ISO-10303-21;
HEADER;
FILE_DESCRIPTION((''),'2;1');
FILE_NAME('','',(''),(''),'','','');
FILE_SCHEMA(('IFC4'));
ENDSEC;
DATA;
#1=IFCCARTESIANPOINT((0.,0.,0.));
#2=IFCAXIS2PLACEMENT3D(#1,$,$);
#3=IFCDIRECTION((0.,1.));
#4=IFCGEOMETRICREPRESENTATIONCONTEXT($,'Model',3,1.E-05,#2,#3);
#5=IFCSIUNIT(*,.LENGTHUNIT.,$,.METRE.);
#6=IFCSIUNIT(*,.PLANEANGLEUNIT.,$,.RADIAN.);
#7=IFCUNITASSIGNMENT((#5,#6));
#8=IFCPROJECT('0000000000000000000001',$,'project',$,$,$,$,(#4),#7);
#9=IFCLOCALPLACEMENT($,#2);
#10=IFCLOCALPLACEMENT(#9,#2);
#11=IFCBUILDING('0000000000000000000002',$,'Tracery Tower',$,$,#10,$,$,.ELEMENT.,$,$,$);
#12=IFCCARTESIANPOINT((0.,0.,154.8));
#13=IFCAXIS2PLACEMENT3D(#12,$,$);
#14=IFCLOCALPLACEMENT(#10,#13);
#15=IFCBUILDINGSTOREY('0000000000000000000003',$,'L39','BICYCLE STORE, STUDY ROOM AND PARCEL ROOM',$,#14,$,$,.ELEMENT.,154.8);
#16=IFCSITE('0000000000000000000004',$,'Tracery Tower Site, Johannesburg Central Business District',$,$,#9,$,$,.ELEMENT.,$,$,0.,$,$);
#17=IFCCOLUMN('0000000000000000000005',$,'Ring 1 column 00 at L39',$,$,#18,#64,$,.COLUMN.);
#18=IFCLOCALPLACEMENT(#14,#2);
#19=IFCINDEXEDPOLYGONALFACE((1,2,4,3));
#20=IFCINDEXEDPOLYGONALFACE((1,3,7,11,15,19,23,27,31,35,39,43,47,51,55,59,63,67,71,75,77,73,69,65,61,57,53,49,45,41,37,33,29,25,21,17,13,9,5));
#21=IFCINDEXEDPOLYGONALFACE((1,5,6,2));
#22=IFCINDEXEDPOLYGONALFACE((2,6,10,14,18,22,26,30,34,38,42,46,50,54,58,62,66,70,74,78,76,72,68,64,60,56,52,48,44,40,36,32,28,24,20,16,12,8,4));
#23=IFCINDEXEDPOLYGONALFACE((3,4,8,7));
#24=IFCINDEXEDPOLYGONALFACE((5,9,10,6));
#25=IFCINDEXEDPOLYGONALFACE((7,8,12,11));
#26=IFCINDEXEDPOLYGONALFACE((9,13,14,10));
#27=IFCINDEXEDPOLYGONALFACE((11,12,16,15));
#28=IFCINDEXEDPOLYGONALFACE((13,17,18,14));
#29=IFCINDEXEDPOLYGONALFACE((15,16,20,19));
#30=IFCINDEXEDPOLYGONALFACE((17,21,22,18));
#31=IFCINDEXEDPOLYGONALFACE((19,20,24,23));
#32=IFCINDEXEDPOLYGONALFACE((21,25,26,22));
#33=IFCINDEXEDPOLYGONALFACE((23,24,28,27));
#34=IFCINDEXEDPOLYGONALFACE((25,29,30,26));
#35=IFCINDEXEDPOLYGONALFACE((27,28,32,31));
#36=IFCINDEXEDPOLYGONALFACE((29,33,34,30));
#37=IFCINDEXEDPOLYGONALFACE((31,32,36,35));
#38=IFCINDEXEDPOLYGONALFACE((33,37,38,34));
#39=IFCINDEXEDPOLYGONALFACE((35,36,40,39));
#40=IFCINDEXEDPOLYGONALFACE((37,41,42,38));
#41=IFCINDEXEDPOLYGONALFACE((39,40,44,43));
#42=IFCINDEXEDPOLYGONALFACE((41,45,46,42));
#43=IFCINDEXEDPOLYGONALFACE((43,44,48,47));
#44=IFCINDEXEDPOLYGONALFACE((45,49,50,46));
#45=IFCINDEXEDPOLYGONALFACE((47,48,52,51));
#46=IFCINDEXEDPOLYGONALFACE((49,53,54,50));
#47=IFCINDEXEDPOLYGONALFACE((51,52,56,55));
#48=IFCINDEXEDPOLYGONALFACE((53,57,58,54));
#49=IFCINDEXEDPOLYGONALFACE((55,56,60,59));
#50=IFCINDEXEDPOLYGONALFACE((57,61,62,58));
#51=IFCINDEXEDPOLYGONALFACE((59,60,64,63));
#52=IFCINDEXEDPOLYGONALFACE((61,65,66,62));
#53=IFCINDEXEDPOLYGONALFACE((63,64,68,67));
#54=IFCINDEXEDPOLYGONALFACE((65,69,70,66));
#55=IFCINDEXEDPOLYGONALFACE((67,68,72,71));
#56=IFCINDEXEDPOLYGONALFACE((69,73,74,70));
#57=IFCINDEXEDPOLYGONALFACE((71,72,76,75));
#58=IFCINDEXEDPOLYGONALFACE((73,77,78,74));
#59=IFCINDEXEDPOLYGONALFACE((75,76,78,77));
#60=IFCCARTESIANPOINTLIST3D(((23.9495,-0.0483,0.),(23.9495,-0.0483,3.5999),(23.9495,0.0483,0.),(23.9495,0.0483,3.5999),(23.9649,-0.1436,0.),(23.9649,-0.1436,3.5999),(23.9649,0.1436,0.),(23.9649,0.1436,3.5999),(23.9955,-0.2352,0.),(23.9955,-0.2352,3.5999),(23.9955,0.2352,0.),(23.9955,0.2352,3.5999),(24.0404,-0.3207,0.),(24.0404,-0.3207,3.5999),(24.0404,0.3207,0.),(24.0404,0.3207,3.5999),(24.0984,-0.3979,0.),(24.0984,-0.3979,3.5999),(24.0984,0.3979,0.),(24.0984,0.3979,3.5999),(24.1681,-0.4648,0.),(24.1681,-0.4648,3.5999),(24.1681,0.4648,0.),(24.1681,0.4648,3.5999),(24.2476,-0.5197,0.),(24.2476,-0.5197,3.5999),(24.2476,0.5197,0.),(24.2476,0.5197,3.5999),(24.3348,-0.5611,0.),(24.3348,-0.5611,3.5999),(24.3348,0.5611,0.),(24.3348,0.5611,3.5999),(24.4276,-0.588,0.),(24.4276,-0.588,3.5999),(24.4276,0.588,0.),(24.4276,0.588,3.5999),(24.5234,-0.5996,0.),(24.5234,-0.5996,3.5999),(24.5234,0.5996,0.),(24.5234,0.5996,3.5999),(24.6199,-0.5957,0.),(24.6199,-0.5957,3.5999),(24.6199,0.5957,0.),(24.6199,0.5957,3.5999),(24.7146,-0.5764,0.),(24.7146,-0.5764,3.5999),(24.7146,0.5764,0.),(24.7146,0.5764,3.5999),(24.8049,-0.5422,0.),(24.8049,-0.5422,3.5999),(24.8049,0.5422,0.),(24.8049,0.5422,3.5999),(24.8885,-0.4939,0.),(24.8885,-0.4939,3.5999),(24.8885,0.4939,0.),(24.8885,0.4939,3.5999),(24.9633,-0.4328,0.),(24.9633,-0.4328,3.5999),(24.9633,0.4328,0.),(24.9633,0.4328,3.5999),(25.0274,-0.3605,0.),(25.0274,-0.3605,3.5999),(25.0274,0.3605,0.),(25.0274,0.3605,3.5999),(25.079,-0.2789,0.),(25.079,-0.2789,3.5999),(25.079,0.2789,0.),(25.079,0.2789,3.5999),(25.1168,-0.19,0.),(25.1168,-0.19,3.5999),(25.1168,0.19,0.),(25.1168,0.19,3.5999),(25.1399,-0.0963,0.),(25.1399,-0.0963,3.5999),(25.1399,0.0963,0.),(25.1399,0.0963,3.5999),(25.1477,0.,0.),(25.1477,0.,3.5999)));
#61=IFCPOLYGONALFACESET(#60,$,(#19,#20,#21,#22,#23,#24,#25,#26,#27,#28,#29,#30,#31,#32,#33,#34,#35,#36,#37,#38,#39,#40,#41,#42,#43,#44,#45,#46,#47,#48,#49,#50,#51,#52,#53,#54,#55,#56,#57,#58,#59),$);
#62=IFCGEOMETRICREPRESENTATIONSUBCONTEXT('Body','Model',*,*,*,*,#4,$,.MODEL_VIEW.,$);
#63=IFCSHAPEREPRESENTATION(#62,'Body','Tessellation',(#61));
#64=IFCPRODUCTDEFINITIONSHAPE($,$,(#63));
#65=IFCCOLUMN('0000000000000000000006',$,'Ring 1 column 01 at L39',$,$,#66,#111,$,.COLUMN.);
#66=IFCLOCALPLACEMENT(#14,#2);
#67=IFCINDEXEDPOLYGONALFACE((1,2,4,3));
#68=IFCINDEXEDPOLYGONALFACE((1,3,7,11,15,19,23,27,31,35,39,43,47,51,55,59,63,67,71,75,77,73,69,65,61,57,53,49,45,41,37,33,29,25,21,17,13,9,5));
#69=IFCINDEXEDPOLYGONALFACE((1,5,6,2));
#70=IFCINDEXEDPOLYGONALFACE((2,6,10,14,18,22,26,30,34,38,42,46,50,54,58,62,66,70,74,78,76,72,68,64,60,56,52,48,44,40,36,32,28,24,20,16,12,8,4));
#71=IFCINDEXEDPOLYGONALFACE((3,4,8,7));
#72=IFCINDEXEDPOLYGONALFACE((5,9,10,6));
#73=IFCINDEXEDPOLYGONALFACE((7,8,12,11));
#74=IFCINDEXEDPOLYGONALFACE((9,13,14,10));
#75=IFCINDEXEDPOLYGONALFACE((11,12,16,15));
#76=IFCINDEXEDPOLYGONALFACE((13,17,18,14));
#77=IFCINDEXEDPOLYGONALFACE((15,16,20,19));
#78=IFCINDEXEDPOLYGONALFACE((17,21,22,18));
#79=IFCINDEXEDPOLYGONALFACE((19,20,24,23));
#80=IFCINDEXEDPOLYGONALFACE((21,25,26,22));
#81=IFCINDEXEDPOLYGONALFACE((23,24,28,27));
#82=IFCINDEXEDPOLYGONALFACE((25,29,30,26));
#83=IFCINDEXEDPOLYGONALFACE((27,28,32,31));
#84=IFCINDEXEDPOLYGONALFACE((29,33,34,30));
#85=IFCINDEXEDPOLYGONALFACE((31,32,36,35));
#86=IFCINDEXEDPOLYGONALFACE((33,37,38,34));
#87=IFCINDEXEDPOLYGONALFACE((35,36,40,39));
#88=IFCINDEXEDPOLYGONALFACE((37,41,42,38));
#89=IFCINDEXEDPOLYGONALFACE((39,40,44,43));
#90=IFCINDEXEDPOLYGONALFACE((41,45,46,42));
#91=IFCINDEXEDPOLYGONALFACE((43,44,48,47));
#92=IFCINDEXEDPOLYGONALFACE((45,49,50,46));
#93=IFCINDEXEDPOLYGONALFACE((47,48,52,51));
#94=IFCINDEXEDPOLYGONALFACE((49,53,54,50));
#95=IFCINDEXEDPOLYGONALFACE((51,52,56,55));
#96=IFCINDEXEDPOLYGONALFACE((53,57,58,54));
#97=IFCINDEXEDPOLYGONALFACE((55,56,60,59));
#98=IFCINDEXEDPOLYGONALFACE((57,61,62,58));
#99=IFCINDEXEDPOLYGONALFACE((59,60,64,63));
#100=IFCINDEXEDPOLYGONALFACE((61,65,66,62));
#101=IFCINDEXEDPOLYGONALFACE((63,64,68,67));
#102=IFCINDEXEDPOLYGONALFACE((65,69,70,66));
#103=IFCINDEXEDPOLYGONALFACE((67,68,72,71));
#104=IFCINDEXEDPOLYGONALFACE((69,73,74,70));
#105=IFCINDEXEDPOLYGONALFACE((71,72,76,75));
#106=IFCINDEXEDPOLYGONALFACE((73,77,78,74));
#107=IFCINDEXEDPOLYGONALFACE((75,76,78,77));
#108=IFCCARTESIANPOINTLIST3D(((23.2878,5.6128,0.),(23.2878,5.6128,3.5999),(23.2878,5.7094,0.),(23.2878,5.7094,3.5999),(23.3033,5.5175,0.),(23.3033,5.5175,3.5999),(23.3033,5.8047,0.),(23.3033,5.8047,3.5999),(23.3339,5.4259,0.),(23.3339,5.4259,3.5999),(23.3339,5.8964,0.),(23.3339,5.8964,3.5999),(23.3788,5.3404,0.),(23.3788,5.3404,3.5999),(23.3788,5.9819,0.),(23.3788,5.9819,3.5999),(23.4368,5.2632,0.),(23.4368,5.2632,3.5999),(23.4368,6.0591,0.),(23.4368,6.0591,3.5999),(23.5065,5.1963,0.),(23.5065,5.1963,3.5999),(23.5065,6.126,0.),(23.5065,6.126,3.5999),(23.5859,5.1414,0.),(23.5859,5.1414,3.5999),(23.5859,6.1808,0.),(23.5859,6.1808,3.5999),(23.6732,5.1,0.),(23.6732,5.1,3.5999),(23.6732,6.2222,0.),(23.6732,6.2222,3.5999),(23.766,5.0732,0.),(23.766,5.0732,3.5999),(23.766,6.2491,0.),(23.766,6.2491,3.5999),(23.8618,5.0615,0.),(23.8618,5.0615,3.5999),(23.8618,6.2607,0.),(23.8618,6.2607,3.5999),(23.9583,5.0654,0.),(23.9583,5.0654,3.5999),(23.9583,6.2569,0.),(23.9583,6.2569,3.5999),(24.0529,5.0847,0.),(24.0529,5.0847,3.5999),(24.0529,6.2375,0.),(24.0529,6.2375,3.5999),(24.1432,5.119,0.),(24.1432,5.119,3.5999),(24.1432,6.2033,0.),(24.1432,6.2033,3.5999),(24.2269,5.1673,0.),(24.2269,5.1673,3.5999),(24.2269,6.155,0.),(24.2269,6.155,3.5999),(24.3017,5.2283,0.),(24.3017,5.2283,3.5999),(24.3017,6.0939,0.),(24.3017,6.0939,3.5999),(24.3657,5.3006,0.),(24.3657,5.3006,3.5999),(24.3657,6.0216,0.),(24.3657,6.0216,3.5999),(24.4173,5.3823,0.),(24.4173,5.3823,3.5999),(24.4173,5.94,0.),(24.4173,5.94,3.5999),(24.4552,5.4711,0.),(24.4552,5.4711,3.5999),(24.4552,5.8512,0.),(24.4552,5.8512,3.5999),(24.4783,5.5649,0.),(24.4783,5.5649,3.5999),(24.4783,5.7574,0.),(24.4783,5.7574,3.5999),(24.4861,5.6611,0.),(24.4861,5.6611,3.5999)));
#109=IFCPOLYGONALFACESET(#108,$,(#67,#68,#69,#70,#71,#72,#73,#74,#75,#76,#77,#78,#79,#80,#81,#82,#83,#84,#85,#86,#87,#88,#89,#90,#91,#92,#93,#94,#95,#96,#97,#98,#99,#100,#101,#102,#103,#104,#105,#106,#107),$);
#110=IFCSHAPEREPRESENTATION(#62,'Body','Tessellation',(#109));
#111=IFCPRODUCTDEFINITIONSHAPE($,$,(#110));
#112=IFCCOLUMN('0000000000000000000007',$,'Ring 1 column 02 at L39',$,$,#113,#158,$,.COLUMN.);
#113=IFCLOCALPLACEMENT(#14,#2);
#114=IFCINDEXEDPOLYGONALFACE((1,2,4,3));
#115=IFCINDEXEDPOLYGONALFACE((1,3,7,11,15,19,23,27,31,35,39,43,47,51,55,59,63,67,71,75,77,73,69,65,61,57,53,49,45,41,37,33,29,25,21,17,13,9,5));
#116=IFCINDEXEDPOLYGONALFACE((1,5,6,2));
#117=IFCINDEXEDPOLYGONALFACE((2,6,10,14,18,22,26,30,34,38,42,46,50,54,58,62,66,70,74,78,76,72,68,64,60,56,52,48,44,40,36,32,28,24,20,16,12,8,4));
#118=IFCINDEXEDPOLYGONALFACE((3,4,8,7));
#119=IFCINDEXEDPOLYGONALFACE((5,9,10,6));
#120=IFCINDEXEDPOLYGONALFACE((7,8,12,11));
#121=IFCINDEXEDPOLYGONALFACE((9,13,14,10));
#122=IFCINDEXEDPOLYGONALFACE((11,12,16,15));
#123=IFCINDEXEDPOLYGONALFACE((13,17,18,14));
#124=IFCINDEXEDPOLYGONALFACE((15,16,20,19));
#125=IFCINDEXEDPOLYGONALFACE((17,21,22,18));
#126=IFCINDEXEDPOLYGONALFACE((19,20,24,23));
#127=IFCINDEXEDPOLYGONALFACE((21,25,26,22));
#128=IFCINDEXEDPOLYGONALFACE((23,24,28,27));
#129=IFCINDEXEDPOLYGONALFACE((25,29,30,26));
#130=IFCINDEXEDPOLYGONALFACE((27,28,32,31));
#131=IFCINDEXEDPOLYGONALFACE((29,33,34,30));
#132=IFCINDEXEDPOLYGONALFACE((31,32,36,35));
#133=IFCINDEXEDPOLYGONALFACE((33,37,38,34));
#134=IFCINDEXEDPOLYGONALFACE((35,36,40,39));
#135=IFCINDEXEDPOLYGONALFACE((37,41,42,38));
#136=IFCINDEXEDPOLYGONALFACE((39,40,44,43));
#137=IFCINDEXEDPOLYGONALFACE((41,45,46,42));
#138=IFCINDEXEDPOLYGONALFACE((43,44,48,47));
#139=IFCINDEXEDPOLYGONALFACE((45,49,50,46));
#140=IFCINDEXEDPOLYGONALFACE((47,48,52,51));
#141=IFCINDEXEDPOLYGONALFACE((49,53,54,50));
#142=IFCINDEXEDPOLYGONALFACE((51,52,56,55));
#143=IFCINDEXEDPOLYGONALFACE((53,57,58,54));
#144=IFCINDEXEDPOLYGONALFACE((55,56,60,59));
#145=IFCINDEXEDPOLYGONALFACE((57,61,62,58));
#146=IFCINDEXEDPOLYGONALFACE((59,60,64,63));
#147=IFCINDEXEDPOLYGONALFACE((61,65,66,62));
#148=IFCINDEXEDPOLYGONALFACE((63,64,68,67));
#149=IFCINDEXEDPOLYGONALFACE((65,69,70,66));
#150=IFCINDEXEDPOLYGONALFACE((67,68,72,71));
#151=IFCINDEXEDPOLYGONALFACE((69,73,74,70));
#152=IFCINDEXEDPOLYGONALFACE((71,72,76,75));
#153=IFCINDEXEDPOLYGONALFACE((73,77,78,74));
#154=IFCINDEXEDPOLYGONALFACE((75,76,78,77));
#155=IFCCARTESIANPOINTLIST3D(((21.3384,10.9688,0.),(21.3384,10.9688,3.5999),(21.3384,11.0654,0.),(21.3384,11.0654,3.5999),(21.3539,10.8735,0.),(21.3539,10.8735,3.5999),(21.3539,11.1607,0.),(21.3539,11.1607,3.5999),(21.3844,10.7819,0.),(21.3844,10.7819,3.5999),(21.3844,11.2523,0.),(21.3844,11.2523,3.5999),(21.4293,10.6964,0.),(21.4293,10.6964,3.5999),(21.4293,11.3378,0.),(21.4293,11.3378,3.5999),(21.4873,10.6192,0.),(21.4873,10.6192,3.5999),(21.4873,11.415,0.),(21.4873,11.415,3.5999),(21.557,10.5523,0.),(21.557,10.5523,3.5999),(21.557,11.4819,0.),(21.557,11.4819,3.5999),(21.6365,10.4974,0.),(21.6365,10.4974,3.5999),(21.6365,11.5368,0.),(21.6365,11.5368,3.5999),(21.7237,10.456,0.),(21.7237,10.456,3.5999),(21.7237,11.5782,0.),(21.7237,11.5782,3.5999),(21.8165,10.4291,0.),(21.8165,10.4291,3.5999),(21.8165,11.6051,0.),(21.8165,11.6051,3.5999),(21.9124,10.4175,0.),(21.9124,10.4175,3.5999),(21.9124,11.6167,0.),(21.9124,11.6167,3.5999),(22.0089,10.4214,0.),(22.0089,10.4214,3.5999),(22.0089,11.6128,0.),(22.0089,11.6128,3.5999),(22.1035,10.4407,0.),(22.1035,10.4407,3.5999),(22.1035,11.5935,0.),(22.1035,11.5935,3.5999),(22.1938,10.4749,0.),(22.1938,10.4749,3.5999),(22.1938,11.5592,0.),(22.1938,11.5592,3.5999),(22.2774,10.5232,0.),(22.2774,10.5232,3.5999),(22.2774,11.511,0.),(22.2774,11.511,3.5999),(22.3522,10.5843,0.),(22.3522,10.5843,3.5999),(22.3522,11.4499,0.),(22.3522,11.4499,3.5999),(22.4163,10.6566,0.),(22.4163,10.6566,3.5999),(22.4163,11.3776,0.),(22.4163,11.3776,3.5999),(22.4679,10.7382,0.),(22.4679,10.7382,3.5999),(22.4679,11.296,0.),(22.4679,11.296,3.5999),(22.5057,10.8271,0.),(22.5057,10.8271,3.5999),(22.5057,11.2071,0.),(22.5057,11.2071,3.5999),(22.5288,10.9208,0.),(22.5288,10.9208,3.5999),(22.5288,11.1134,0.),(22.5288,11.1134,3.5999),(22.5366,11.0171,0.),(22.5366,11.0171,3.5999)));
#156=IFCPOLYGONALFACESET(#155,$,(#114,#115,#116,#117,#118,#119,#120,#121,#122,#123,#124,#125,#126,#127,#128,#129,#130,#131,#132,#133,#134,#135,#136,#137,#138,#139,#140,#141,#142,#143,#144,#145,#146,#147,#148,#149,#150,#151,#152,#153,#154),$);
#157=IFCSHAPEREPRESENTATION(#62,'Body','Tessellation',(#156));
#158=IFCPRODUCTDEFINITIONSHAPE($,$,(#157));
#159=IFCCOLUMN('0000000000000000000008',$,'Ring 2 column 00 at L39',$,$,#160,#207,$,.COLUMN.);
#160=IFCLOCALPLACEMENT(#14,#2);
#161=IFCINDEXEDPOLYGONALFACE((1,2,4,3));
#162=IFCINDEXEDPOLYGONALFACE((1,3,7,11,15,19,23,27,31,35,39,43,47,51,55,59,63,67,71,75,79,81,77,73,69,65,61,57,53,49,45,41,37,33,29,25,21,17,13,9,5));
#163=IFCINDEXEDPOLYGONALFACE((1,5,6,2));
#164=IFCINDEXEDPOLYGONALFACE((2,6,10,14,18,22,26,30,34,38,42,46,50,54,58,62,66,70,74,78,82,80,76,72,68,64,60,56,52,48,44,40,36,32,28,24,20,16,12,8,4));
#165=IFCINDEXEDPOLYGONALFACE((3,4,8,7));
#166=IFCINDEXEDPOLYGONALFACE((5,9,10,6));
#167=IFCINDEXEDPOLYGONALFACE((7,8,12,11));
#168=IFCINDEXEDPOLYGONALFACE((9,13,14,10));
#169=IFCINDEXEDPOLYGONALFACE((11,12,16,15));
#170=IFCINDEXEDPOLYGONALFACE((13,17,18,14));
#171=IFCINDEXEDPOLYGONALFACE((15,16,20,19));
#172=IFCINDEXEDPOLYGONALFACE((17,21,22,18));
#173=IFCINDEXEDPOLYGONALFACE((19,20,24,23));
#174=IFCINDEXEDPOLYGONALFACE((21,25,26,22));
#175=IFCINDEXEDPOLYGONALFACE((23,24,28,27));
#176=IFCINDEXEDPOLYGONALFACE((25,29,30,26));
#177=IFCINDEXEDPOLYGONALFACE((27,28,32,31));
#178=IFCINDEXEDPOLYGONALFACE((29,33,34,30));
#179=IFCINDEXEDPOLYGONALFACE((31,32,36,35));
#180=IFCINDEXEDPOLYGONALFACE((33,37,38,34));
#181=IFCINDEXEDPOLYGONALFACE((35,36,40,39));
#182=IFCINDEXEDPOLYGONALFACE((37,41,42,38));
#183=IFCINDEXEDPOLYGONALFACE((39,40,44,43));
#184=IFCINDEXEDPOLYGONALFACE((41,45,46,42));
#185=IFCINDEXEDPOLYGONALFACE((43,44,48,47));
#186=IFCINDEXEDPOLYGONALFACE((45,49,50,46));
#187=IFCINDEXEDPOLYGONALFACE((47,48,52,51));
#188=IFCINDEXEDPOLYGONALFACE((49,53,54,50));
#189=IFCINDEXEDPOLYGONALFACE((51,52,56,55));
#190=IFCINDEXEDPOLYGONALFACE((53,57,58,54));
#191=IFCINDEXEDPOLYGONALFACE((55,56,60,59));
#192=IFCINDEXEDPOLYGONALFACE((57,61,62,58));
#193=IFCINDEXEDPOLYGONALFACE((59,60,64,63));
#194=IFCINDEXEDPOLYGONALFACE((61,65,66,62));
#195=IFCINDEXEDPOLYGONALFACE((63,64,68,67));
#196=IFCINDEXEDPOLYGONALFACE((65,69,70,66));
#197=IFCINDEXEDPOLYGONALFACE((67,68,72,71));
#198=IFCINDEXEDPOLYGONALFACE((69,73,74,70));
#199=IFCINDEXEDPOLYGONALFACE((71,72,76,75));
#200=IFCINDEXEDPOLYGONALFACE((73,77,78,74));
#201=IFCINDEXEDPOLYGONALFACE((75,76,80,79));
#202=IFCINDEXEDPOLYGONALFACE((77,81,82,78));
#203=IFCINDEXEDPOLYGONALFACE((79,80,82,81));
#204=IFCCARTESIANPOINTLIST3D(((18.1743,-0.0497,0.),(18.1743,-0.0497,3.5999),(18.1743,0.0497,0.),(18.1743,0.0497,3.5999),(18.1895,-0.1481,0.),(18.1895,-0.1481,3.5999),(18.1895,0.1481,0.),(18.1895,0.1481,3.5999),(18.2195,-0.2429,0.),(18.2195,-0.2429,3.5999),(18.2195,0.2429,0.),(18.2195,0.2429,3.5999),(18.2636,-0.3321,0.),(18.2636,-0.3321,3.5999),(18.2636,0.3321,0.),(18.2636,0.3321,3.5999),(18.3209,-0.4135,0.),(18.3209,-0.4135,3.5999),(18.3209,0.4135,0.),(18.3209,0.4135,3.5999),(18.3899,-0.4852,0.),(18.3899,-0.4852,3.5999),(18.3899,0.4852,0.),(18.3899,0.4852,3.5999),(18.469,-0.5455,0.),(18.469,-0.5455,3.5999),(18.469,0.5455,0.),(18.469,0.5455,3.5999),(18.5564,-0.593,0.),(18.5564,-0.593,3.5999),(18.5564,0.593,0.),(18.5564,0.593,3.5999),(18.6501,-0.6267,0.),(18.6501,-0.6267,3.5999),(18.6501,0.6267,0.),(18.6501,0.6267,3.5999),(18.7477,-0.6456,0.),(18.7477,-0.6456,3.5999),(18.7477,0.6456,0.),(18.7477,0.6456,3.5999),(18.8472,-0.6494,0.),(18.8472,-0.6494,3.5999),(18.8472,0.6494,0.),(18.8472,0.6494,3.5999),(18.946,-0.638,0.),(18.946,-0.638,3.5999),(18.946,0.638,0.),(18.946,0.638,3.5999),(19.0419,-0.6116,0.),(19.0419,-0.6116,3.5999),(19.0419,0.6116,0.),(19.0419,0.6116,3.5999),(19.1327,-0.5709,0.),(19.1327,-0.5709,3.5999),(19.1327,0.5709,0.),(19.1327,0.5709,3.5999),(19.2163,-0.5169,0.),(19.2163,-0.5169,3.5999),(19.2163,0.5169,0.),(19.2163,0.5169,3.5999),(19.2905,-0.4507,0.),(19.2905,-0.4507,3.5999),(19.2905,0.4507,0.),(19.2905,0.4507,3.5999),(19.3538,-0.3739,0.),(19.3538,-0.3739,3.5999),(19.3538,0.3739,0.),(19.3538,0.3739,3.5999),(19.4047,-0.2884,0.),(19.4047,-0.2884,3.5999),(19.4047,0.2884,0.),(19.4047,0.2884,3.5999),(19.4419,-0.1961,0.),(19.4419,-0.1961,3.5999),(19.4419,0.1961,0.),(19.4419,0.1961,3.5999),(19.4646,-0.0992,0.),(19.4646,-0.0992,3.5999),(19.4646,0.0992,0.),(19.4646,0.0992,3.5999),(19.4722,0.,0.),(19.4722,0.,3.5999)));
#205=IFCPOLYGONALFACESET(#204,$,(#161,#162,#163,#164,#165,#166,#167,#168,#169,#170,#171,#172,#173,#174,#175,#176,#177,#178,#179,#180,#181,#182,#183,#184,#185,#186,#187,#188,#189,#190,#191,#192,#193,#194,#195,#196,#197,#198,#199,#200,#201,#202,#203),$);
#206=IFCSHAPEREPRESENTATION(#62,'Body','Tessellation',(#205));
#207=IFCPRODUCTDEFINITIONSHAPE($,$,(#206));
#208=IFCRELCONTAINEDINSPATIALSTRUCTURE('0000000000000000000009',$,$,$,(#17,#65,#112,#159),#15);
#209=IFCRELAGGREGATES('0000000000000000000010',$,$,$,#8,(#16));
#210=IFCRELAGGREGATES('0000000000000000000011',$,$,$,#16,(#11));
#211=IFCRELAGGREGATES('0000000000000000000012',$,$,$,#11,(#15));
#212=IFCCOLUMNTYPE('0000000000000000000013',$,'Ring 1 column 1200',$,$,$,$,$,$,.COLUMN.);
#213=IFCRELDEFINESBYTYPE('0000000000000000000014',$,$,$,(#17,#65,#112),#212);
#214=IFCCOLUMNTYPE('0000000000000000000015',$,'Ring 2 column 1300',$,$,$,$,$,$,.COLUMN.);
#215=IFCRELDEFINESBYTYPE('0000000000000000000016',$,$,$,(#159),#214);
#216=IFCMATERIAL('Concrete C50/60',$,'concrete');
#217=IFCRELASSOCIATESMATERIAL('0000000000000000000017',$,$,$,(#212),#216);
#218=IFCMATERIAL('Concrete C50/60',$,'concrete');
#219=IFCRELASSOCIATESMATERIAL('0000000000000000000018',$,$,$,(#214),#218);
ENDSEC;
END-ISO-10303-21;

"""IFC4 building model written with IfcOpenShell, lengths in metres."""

from ifc_helpers import new_model, si_unit, direction, frame, origin, origin_2d, place, context, subcontext, project, spatial, circle, extrude, material, material_profile, profile_set, type_object, element, save


model = new_model("IFC4")

# Units and contexts
model_context = context("Model", 3, precision=1e-05, world=origin(), true_north=direction((0.0, 1.0)))
body_context = subcontext(model_context, "Body", "Model", "MODEL_VIEW")
ifc_project = project(units=[si_unit("LENGTHUNIT", "METRE"), si_unit("PLANEANGLEUNIT", "RADIAN")], contexts=[model_context])

# Site, building, storey
site_placement = place(None, origin())
site = spatial("IfcSite", under=ifc_project, at=site_placement, Name="Tracery Tower Site, Johannesburg Central Business District", CompositionType="ELEMENT", RefElevation=0.0)
building_placement = place(site_placement, origin())
building = spatial("IfcBuilding", under=site, at=building_placement, Name="Tracery Tower", CompositionType="ELEMENT")
storey_placement = place(building_placement, frame((0.0, 0.0, 154.8)))
storey = spatial("IfcBuildingStorey", under=building, at=storey_placement, Name="L39", Description="BICYCLE STORE, STUDY ROOM AND PARCEL ROOM", CompositionType="ELEMENT", Elevation=154.8)

# Columns
ifc_material_1 = material(Name="Concrete C50/60", Category="concrete")
ifc_material_profile_1 = material_profile(ifc_material_1, circle(Radius=0.6001, at=origin_2d()), Name="RC D1200")
ifc_profile_set_1 = profile_set([ifc_material_profile_1], Name="Concrete C50/60")
column_type_1 = type_object("IfcColumnType", Name="Ring 1 column 1200", PredefinedType="COLUMN", material=ifc_profile_set_1)
for number, where, z_axis, x_axis, name in (
    (1, (24.5476, 0.0, 0.0), (0.0, 0.0, 1.0), (1.0, 0.0, 0.0), "Ring 1 column 00 at L39"),
    (2, (23.886, 5.6611, 0.0), (0.0, 0.0, 1.0), (1.0, 0.0, 0.0), "Ring 1 column 01 at L39"),
    (3, (21.9365, 11.0171, 0.0), (0.0, 0.0, 1.0), (1.0, 0.0, 0.0), "Ring 1 column 02 at L39"),
):
    element("IfcColumn", number, at=place(storey_placement, frame(where, z_axis=z_axis, x_axis=x_axis)), inside=storey, type_object=column_type_1, Name=name, PredefinedType="COLUMN", context=body_context, shape_type="SweptSolid", body=[
        extrude(circle(Radius=0.6001, at=origin_2d()), origin(), (0.0, 0.0, 1.0), 3.5999),
    ])
ifc_material_2 = material(Name="Concrete C50/60", Category="concrete")
ifc_material_profile_2 = material_profile(ifc_material_2, circle(Radius=0.6499, at=origin_2d()), Name="RC D1300")
ifc_profile_set_2 = profile_set([ifc_material_profile_2], Name="Concrete C50/60")
column_type_2 = type_object("IfcColumnType", Name="Ring 2 column 1300", PredefinedType="COLUMN", material=ifc_profile_set_2)
for number, where, z_axis, x_axis, name in (
    (4, (18.8223, 0.0, 0.0), (0.0, 0.0, 1.0), (1.0, 0.0, 0.0), "Ring 2 column 00 at L39"),
):
    element("IfcColumn", number, at=place(storey_placement, frame(where, z_axis=z_axis, x_axis=x_axis)), inside=storey, type_object=column_type_2, Name=name, PredefinedType="COLUMN", context=body_context, shape_type="SweptSolid", body=[
        extrude(circle(Radius=0.6499, at=origin_2d()), origin(), (0.0, 0.0, 1.0), 3.5999),
    ])

save(model, "model.ifc")
